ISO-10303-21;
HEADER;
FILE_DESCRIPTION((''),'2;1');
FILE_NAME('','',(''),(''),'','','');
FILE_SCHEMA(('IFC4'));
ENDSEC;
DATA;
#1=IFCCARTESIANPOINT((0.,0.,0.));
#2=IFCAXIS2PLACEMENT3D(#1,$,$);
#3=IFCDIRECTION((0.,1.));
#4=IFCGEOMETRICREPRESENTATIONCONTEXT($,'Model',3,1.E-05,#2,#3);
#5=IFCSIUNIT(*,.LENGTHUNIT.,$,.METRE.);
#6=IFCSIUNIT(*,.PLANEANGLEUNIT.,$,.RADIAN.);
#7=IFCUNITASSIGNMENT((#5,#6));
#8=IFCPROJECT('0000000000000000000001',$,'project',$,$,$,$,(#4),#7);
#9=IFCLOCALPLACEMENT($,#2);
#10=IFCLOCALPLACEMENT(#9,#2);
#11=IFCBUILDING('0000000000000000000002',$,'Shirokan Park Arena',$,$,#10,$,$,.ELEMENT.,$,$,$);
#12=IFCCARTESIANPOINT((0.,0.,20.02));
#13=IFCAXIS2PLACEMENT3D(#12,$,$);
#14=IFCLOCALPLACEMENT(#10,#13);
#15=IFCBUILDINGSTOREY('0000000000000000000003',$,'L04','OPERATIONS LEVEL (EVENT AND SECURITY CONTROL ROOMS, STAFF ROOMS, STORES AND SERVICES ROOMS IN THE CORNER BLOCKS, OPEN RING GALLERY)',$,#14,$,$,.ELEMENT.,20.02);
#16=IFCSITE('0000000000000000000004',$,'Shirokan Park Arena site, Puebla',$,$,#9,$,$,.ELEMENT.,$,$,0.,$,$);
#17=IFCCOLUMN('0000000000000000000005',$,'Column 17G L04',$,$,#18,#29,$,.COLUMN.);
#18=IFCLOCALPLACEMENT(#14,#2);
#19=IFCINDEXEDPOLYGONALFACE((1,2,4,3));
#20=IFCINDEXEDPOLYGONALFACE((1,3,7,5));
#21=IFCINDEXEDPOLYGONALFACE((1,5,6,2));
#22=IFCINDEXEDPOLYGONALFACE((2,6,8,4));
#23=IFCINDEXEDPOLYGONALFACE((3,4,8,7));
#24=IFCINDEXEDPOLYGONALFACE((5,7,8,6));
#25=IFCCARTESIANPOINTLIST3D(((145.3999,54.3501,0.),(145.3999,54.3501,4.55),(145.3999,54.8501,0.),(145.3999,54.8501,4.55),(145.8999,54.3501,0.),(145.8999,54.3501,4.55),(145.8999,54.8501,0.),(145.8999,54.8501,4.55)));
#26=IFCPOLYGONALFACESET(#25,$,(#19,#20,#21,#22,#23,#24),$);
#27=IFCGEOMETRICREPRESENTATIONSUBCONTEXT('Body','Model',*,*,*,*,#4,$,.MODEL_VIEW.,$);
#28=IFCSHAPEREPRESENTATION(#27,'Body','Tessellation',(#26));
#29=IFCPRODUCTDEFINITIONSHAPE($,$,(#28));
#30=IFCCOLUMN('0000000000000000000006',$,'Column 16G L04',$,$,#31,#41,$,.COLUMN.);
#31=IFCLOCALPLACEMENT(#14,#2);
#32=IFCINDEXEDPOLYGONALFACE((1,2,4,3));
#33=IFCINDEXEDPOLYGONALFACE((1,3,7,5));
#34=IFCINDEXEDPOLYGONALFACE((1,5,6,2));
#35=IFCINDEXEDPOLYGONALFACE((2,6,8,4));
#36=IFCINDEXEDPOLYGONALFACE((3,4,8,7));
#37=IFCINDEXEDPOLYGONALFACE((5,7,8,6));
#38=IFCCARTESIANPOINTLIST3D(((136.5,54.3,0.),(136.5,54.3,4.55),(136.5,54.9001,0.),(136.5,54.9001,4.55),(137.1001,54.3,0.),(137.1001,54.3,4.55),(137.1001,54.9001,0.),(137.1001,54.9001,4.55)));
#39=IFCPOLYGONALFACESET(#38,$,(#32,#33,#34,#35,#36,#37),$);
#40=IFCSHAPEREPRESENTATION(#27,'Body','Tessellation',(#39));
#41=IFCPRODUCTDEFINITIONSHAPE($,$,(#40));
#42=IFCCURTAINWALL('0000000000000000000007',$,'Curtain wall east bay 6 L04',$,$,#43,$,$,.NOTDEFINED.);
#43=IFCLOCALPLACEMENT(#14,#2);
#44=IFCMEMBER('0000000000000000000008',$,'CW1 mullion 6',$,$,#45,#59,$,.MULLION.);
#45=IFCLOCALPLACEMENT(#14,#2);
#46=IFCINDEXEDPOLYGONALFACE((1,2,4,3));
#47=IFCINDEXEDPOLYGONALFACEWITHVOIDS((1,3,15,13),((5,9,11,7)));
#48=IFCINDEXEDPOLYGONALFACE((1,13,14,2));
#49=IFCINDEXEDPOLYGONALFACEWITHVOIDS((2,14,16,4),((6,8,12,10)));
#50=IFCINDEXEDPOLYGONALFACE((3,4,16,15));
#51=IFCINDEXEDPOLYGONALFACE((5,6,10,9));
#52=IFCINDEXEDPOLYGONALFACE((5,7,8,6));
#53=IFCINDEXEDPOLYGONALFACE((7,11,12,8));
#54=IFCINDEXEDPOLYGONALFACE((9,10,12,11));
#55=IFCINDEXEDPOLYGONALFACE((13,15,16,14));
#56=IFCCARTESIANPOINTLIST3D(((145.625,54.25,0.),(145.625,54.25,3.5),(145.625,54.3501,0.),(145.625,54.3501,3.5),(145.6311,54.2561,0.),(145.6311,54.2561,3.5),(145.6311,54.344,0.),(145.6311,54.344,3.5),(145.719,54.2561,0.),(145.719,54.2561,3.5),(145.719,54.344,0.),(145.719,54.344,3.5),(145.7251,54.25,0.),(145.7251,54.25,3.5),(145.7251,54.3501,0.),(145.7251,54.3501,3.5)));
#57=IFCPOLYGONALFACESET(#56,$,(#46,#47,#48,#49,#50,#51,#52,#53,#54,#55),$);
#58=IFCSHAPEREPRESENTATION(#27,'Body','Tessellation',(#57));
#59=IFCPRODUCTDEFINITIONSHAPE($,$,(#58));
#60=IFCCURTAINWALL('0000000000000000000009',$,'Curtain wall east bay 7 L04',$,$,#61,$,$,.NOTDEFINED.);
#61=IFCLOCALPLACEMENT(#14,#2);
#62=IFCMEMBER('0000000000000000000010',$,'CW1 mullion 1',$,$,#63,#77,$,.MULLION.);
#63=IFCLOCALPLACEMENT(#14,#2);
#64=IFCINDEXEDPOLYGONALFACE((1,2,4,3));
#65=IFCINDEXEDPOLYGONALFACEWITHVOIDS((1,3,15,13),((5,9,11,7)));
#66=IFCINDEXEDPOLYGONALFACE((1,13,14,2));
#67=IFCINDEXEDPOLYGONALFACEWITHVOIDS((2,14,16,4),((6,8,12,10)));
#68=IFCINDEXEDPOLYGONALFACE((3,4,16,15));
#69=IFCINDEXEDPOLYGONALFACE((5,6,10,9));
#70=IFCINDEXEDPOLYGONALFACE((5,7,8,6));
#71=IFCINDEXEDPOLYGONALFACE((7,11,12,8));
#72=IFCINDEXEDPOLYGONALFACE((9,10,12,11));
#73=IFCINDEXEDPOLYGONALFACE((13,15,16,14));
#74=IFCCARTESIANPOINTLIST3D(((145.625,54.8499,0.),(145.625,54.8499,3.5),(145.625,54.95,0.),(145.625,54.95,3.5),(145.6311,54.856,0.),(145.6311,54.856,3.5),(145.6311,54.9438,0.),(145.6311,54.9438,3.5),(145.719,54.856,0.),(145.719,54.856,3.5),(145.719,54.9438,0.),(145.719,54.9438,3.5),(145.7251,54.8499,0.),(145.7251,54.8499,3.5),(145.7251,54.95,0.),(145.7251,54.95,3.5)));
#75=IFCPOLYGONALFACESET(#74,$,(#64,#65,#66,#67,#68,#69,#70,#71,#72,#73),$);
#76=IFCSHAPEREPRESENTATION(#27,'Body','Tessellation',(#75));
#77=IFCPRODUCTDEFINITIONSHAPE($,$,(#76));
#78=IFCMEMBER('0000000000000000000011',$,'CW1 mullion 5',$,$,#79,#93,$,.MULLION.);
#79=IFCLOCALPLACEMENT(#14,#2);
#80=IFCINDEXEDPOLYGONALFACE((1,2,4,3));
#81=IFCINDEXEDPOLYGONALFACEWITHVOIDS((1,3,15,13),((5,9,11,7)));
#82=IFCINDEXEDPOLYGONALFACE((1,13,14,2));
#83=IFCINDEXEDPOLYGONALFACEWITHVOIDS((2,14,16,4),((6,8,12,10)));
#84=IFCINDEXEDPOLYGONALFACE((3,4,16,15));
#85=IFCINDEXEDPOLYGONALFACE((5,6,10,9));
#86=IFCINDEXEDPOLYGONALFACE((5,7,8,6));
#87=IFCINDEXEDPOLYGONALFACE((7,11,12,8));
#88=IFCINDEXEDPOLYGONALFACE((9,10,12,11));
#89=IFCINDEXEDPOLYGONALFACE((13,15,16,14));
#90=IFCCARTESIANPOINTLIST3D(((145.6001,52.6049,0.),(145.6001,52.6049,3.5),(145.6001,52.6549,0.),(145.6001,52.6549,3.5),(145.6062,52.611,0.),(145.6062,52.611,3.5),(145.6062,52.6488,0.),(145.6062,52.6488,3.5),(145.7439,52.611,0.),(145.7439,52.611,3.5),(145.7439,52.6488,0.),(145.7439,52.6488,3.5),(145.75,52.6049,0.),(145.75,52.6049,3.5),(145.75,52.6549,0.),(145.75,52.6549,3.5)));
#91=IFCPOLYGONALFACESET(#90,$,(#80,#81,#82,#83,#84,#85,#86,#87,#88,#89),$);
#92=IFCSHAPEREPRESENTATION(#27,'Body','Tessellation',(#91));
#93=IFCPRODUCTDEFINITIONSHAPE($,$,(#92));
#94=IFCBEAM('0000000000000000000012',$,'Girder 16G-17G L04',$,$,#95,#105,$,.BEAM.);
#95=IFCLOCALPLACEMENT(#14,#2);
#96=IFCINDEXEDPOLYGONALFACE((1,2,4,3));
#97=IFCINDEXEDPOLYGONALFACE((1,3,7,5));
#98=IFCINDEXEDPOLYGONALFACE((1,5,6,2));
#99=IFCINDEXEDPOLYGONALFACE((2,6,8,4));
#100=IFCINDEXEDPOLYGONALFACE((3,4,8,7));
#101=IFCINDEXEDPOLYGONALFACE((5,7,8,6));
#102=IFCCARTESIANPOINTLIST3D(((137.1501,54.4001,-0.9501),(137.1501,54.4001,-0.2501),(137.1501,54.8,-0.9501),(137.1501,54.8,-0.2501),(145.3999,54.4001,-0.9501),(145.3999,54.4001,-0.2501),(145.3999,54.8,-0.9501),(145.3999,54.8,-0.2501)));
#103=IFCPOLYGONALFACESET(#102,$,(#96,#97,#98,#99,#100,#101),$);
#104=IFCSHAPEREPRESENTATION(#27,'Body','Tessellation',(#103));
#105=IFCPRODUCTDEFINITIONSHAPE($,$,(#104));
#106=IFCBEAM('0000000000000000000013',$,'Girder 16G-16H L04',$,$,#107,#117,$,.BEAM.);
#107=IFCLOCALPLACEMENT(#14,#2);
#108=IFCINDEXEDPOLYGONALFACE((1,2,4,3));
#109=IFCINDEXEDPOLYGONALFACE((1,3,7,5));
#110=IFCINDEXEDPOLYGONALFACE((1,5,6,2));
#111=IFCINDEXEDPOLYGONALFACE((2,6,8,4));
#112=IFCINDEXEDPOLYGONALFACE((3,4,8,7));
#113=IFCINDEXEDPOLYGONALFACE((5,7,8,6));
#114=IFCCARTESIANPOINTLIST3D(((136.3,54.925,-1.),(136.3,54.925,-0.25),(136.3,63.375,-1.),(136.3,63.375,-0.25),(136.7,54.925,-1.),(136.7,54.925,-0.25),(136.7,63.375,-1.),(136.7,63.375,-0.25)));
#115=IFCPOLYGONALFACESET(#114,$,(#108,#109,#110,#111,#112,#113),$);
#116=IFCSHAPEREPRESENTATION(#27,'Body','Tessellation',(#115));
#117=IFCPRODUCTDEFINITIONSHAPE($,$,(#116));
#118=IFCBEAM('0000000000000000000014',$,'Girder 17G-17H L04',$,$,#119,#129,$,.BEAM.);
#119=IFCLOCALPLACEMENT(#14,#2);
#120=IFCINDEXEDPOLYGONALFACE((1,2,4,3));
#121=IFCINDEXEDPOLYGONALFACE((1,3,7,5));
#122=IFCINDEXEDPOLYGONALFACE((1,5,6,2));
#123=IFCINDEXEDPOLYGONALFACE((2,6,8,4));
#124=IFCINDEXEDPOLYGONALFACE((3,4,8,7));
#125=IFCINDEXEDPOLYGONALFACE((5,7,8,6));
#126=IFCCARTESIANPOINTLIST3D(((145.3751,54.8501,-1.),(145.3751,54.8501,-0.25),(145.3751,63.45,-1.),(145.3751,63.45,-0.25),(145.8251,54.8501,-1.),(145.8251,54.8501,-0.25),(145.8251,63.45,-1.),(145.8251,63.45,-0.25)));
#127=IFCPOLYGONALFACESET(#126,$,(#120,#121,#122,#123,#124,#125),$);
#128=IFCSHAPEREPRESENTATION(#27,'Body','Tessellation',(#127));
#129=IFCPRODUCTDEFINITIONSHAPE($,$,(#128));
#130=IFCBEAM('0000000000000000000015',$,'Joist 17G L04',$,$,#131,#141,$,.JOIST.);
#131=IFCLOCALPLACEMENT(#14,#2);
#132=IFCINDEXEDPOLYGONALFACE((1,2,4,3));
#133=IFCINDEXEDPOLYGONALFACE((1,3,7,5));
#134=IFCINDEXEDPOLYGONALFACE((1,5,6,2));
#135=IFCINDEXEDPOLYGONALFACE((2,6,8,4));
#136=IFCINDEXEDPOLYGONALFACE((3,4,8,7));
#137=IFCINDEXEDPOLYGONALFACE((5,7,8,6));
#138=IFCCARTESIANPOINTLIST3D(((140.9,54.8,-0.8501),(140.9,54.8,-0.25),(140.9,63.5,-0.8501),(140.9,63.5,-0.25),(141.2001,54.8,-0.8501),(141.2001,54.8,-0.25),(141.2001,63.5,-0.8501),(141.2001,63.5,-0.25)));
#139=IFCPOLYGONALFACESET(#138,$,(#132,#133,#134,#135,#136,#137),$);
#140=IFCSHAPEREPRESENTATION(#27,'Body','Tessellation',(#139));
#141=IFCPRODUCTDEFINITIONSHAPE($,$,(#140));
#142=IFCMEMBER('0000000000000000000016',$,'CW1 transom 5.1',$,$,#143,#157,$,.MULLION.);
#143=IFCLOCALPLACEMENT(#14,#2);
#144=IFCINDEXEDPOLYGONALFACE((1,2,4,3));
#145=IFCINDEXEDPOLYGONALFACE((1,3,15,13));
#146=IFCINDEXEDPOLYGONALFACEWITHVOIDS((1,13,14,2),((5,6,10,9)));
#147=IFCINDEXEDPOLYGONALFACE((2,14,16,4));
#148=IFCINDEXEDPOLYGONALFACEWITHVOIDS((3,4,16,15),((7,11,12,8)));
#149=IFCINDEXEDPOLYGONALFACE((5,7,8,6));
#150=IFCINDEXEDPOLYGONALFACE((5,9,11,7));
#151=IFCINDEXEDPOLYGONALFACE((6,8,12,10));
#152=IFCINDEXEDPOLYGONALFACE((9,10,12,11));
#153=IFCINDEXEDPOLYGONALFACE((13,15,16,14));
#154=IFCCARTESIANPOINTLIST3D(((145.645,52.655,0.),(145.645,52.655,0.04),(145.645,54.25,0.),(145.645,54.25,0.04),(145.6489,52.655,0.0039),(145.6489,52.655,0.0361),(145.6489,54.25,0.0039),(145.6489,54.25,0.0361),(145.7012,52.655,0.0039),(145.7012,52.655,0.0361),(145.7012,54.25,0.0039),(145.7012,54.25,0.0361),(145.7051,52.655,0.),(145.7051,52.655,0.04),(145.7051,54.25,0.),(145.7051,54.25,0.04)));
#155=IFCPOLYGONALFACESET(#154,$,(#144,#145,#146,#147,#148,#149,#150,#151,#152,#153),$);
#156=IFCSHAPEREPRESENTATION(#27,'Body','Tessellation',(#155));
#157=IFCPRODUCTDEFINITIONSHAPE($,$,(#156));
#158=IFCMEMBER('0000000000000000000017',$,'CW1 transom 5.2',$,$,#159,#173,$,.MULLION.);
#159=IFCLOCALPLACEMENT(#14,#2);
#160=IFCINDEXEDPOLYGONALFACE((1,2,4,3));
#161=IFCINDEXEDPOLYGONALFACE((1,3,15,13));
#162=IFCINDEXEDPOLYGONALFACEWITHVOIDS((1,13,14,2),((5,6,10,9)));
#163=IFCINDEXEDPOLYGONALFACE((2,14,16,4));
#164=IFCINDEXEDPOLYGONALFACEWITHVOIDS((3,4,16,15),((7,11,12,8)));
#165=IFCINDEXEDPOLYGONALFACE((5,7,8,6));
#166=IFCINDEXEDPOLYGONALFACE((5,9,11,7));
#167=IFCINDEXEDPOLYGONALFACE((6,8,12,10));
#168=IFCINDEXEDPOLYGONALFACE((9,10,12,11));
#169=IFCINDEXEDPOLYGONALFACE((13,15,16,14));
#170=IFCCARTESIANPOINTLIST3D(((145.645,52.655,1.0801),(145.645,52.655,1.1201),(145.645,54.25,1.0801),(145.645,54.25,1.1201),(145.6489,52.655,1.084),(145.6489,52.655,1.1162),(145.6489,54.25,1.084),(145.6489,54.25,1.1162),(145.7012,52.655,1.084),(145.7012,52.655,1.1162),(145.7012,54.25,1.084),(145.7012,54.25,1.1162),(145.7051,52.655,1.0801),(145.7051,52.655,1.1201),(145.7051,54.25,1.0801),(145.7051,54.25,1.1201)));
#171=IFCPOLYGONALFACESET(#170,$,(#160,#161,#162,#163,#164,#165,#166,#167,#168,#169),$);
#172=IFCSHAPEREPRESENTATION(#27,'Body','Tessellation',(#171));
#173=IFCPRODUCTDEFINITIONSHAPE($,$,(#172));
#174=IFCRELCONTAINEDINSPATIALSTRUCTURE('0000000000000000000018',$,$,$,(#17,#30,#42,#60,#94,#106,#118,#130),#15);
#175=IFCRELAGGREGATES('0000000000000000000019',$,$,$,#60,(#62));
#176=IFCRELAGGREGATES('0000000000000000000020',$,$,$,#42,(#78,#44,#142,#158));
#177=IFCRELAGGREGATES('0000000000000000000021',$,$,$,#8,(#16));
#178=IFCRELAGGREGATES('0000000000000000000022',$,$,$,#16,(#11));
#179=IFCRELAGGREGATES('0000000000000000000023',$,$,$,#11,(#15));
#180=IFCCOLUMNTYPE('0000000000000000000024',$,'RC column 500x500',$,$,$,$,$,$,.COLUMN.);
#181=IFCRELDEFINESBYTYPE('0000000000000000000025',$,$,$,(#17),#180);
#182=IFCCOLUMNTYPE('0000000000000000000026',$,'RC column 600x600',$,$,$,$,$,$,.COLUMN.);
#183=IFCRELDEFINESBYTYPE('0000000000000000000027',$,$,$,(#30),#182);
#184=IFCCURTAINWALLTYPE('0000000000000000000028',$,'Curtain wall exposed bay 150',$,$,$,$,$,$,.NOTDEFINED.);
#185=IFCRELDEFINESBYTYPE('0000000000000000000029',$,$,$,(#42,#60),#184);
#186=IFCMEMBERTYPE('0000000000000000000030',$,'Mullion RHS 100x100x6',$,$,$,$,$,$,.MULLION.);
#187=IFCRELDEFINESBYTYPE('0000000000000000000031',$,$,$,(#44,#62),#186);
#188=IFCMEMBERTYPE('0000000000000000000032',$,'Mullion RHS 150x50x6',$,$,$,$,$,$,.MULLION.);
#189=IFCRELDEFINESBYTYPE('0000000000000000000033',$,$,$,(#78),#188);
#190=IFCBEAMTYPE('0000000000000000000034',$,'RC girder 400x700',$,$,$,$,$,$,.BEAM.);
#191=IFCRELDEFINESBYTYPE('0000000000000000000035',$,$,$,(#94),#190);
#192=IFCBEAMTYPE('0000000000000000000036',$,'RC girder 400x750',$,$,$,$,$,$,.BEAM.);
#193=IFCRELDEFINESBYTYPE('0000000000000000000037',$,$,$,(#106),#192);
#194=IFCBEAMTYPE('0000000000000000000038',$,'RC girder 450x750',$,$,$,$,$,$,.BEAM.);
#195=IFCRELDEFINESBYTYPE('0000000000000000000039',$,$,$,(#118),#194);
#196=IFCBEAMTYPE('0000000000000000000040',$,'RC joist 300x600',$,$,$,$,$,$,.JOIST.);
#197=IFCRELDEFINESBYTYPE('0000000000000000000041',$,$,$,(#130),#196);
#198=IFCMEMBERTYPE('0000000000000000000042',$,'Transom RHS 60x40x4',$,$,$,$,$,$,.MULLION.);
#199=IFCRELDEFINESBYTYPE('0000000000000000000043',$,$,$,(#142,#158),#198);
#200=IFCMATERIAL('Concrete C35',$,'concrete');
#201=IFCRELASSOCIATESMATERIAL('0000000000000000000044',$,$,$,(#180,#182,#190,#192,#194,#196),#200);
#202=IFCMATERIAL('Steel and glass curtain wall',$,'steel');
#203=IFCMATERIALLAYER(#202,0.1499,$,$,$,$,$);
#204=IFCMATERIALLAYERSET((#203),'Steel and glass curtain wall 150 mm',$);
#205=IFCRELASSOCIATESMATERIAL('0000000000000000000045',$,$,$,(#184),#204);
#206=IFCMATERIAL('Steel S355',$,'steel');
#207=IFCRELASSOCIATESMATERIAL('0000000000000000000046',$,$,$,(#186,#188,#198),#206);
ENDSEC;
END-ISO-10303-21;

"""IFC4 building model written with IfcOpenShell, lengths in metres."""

from ifc_helpers import new_model, si_unit, direction, frame, origin, origin_2d, place, context, subcontext, project, spatial, rectangle, hollow_rectangle, extrude, material, layer, layer_set, material_profile, profile_set, type_object, element, aggregate, save


model = new_model("IFC4")

# Units and contexts
model_context = context("Model", 3, precision=1e-05, world=origin(), true_north=direction((0.0, 1.0)))
body_context = subcontext(model_context, "Body", "Model", "MODEL_VIEW")
ifc_project = project(units=[si_unit("LENGTHUNIT", "METRE"), si_unit("PLANEANGLEUNIT", "RADIAN")], contexts=[model_context])

# Site, building, storey
site_placement = place(None, origin())
site = spatial("IfcSite", under=ifc_project, at=site_placement, Name="Shirokan Park Arena site, Puebla", CompositionType="ELEMENT", RefElevation=0.0)
building_placement = place(site_placement, origin())
building = spatial("IfcBuilding", under=site, at=building_placement, Name="Shirokan Park Arena", CompositionType="ELEMENT")
storey_placement = place(building_placement, frame((0.0, 0.0, 20.02)))
storey = spatial("IfcBuildingStorey", under=building, at=storey_placement, Name="L04", Description="OPERATIONS LEVEL (EVENT AND SECURITY CONTROL ROOMS, STAFF ROOMS, STORES AND SERVICES ROOMS IN THE CORNER BLOCKS, OPEN RING GALLERY)", CompositionType="ELEMENT", Elevation=20.02)

# Columns
ifc_material_1 = material(Name="Concrete C35", Category="concrete")
ifc_material_profile_1 = material_profile(ifc_material_1, rectangle(XDim=0.5, YDim=0.5, at=origin_2d()), Name="500x500")
ifc_profile_set_1 = profile_set([ifc_material_profile_1], Name="Concrete C35")
column_type_1 = type_object("IfcColumnType", Name="RC column 500x500", PredefinedType="COLUMN", material=ifc_profile_set_1)
column_1_placement = place(storey_placement, frame((145.6499, 54.6001, 0.0), z_axis=(0.0, 0.0, 1.0), x_axis=(1.0, 0.0, 0.0)))
element("IfcColumn", 1, at=column_1_placement, inside=storey, type_object=column_type_1, Name="Column 17G L04", PredefinedType="COLUMN", context=body_context, shape_type="SweptSolid", body=[
    extrude(rectangle(XDim=0.5, YDim=0.5, at=origin_2d()), origin(), (0.0, 0.0, 1.0), 4.55),
])
ifc_material_profile_2 = material_profile(ifc_material_1, rectangle(XDim=0.6001, YDim=0.6001, at=origin_2d()), Name="600x600")
ifc_profile_set_2 = profile_set([ifc_material_profile_2], Name="Concrete C35")
column_type_2 = type_object("IfcColumnType", Name="RC column 600x600", PredefinedType="COLUMN", material=ifc_profile_set_2)
column_2_placement = place(storey_placement, frame((136.8, 54.6001, 0.0), z_axis=(0.0, 0.0, 1.0), x_axis=(1.0, 0.0, 0.0)))
element("IfcColumn", 2, at=column_2_placement, inside=storey, type_object=column_type_2, Name="Column 16G L04", PredefinedType="COLUMN", context=body_context, shape_type="SweptSolid", body=[
    extrude(rectangle(XDim=0.6001, YDim=0.6001, at=origin_2d()), origin(), (0.0, 0.0, 1.0), 4.55),
])

# Curtain walls, members
ifc_material_2 = material(Name="Steel and glass curtain wall", Category="steel")
ifc_layer_1 = layer(ifc_material_2, 0.1499)
ifc_layer_set_1 = layer_set([ifc_layer_1], Name="Steel and glass curtain wall 150 mm")
curtain_wall_type = type_object("IfcCurtainWallType", Name="Curtain wall exposed bay 150", PredefinedType="NOTDEFINED", material=ifc_layer_set_1)
curtain_wall_1_placement = place(storey_placement, origin())
curtain_wall_1 = element("IfcCurtainWall", 3, at=curtain_wall_1_placement, inside=storey, type_object=curtain_wall_type, Name="Curtain wall east bay 6 L04", PredefinedType="NOTDEFINED")
ifc_material_3 = material(Name="Steel S355", Category="steel")
ifc_material_profile_3 = material_profile(ifc_material_3, hollow_rectangle(XDim=0.1001, YDim=0.1001, WallThickness=0.0061, at=origin_2d()), Name="RHS 100x100x6")
ifc_profile_set_3 = profile_set([ifc_material_profile_3], Name="Steel S355")
member_type_1 = type_object("IfcMemberType", Name="Mullion RHS 100x100x6", PredefinedType="MULLION", material=ifc_profile_set_3)
member_1_placement = place(storey_placement, frame((145.675, 54.3, 0.0), z_axis=(0.0, 0.0, 1.0), x_axis=(-1.0, 0.0, 0.0)))
member_1 = element("IfcMember", 4, at=member_1_placement, type_object=member_type_1, Name="CW1 mullion 6", PredefinedType="MULLION", context=body_context, shape_type="SweptSolid", body=[
    extrude(hollow_rectangle(XDim=0.1001, YDim=0.1001, WallThickness=0.0061, at=origin_2d()), origin(), (0.0, 0.0, 1.0), 3.5),
])
curtain_wall_2_placement = place(storey_placement, origin())
curtain_wall_2 = element("IfcCurtainWall", 5, at=curtain_wall_2_placement, inside=storey, type_object=curtain_wall_type, Name="Curtain wall east bay 7 L04", PredefinedType="NOTDEFINED")
member_2_placement = place(storey_placement, frame((145.675, 54.8999, 0.0), z_axis=(0.0, 0.0, 1.0), x_axis=(-1.0, 0.0, 0.0)))
member_2 = element("IfcMember", 6, at=member_2_placement, type_object=member_type_1, Name="CW1 mullion 1", PredefinedType="MULLION", context=body_context, shape_type="SweptSolid", body=[
    extrude(hollow_rectangle(XDim=0.1001, YDim=0.1001, WallThickness=0.0061, at=origin_2d()), origin(), (0.0, 0.0, 1.0), 3.5),
])
aggregate(curtain_wall_2, [member_2])

# Member
ifc_material_profile_4 = material_profile(ifc_material_3, hollow_rectangle(XDim=0.1499, YDim=0.05, WallThickness=0.0061, at=origin_2d()), Name="RHS 150x50x6")
ifc_profile_set_4 = profile_set([ifc_material_profile_4], Name="Steel S355")
member_type_2 = type_object("IfcMemberType", Name="Mullion RHS 150x50x6", PredefinedType="MULLION", material=ifc_profile_set_4)
member_3_placement = place(storey_placement, frame((145.675, 52.6299, 0.0), z_axis=(0.0, 0.0, 1.0), x_axis=(-1.0, 0.0, 0.0)))
member_3 = element("IfcMember", 7, at=member_3_placement, type_object=member_type_2, Name="CW1 mullion 5", PredefinedType="MULLION", context=body_context, shape_type="SweptSolid", body=[
    extrude(hollow_rectangle(XDim=0.1499, YDim=0.05, WallThickness=0.0061, at=origin_2d()), origin(), (0.0, 0.0, 1.0), 3.5),
])

# Beams
ifc_material_profile_5 = material_profile(ifc_material_1, rectangle(XDim=0.3999, YDim=0.7, at=origin_2d()), Name="400x700")
ifc_profile_set_5 = profile_set([ifc_material_profile_5], Name="Concrete C35")
beam_type_1 = type_object("IfcBeamType", Name="RC girder 400x700", PredefinedType="BEAM", material=ifc_profile_set_5)
beam_1_placement = place(storey_placement, frame((137.1501, 54.6001, -0.6001), z_axis=(1.0, 0.0, 0.0), x_axis=(0.0, 1.0, 0.0)))
element("IfcBeam", 8, at=beam_1_placement, inside=storey, type_object=beam_type_1, Name="Girder 16G-17G L04", PredefinedType="BEAM", context=body_context, shape_type="SweptSolid", body=[
    extrude(rectangle(XDim=0.3999, YDim=0.7, at=origin_2d()), origin(), (0.0, 0.0, 1.0), 8.2498),
])
ifc_material_profile_6 = material_profile(ifc_material_1, rectangle(XDim=0.3999, YDim=0.75, at=origin_2d()), Name="400x750")
ifc_profile_set_6 = profile_set([ifc_material_profile_6], Name="Concrete C35")
beam_type_2 = type_object("IfcBeamType", Name="RC girder 400x750", PredefinedType="BEAM", material=ifc_profile_set_6)
beam_2_placement = place(storey_placement, frame((136.5, 54.925, -0.625), z_axis=(0.0, 1.0, 0.0), x_axis=(-1.0, 0.0, 0.0)))
element("IfcBeam", 9, at=beam_2_placement, inside=storey, type_object=beam_type_2, Name="Girder 16G-16H L04", PredefinedType="BEAM", context=body_context, shape_type="SweptSolid", body=[
    extrude(rectangle(XDim=0.3999, YDim=0.75, at=origin_2d()), origin(), (0.0, 0.0, 1.0), 8.45),
])
ifc_material_profile_7 = material_profile(ifc_material_1, rectangle(XDim=0.45, YDim=0.75, at=origin_2d()), Name="450x750")
ifc_profile_set_7 = profile_set([ifc_material_profile_7], Name="Concrete C35")
beam_type_3 = type_object("IfcBeamType", Name="RC girder 450x750", PredefinedType="BEAM", material=ifc_profile_set_7)
beam_3_placement = place(storey_placement, frame((145.6001, 54.8501, -0.625), z_axis=(0.0, 1.0, 0.0), x_axis=(-1.0, 0.0, 0.0)))
element("IfcBeam", 10, at=beam_3_placement, inside=storey, type_object=beam_type_3, Name="Girder 17G-17H L04", PredefinedType="BEAM", context=body_context, shape_type="SweptSolid", body=[
    extrude(rectangle(XDim=0.45, YDim=0.75, at=origin_2d()), origin(), (0.0, 0.0, 1.0), 8.5999),
])
ifc_material_profile_8 = material_profile(ifc_material_1, rectangle(XDim=0.3, YDim=0.6001, at=origin_2d()), Name="300x600")
ifc_profile_set_8 = profile_set([ifc_material_profile_8], Name="Concrete C35")
beam_type_4 = type_object("IfcBeamType", Name="RC joist 300x600", PredefinedType="JOIST", material=ifc_profile_set_8)
beam_4_placement = place(storey_placement, frame((141.05, 54.8, -0.55), z_axis=(0.0, 1.0, 0.0), x_axis=(-1.0, 0.0, 0.0)))
element("IfcBeam", 11, at=beam_4_placement, inside=storey, type_object=beam_type_4, Name="Joist 17G L04", PredefinedType="JOIST", context=body_context, shape_type="SweptSolid", body=[
    extrude(rectangle(XDim=0.3, YDim=0.6001, at=origin_2d()), origin(), (0.0, 0.0, 1.0), 8.7),
])

# Members
ifc_material_profile_9 = material_profile(ifc_material_3, hollow_rectangle(XDim=0.0601, YDim=0.04, WallThickness=0.0039, at=origin_2d()), Name="RHS 60x40x4")
ifc_profile_set_9 = profile_set([ifc_material_profile_9], Name="Steel S355")
member_type_3 = type_object("IfcMemberType", Name="Transom RHS 60x40x4", PredefinedType="MULLION", material=ifc_profile_set_9)
member_4_placement = place(storey_placement, frame((145.675, 52.655, 0.02), z_axis=(0.0, 1.0, 0.0), x_axis=(-1.0, 0.0, 0.0)))
member_4 = element("IfcMember", 12, at=member_4_placement, type_object=member_type_3, Name="CW1 transom 5.1", PredefinedType="MULLION", context=body_context, shape_type="SweptSolid", body=[
    extrude(hollow_rectangle(XDim=0.0601, YDim=0.04, WallThickness=0.0039, at=origin_2d()), origin(), (0.0, 0.0, 1.0), 1.595),
])
member_5_placement = place(storey_placement, frame((145.675, 52.655, 1.1001), z_axis=(0.0, 1.0, 0.0), x_axis=(-1.0, 0.0, 0.0)))
member_5 = element("IfcMember", 13, at=member_5_placement, type_object=member_type_3, Name="CW1 transom 5.2", PredefinedType="MULLION", context=body_context, shape_type="SweptSolid", body=[
    extrude(hollow_rectangle(XDim=0.0601, YDim=0.04, WallThickness=0.0039, at=origin_2d()), origin(), (0.0, 0.0, 1.0), 1.595),
])

aggregate(curtain_wall_1, [member_3, member_1, member_4, member_5])

save(model, "model.ifc")
